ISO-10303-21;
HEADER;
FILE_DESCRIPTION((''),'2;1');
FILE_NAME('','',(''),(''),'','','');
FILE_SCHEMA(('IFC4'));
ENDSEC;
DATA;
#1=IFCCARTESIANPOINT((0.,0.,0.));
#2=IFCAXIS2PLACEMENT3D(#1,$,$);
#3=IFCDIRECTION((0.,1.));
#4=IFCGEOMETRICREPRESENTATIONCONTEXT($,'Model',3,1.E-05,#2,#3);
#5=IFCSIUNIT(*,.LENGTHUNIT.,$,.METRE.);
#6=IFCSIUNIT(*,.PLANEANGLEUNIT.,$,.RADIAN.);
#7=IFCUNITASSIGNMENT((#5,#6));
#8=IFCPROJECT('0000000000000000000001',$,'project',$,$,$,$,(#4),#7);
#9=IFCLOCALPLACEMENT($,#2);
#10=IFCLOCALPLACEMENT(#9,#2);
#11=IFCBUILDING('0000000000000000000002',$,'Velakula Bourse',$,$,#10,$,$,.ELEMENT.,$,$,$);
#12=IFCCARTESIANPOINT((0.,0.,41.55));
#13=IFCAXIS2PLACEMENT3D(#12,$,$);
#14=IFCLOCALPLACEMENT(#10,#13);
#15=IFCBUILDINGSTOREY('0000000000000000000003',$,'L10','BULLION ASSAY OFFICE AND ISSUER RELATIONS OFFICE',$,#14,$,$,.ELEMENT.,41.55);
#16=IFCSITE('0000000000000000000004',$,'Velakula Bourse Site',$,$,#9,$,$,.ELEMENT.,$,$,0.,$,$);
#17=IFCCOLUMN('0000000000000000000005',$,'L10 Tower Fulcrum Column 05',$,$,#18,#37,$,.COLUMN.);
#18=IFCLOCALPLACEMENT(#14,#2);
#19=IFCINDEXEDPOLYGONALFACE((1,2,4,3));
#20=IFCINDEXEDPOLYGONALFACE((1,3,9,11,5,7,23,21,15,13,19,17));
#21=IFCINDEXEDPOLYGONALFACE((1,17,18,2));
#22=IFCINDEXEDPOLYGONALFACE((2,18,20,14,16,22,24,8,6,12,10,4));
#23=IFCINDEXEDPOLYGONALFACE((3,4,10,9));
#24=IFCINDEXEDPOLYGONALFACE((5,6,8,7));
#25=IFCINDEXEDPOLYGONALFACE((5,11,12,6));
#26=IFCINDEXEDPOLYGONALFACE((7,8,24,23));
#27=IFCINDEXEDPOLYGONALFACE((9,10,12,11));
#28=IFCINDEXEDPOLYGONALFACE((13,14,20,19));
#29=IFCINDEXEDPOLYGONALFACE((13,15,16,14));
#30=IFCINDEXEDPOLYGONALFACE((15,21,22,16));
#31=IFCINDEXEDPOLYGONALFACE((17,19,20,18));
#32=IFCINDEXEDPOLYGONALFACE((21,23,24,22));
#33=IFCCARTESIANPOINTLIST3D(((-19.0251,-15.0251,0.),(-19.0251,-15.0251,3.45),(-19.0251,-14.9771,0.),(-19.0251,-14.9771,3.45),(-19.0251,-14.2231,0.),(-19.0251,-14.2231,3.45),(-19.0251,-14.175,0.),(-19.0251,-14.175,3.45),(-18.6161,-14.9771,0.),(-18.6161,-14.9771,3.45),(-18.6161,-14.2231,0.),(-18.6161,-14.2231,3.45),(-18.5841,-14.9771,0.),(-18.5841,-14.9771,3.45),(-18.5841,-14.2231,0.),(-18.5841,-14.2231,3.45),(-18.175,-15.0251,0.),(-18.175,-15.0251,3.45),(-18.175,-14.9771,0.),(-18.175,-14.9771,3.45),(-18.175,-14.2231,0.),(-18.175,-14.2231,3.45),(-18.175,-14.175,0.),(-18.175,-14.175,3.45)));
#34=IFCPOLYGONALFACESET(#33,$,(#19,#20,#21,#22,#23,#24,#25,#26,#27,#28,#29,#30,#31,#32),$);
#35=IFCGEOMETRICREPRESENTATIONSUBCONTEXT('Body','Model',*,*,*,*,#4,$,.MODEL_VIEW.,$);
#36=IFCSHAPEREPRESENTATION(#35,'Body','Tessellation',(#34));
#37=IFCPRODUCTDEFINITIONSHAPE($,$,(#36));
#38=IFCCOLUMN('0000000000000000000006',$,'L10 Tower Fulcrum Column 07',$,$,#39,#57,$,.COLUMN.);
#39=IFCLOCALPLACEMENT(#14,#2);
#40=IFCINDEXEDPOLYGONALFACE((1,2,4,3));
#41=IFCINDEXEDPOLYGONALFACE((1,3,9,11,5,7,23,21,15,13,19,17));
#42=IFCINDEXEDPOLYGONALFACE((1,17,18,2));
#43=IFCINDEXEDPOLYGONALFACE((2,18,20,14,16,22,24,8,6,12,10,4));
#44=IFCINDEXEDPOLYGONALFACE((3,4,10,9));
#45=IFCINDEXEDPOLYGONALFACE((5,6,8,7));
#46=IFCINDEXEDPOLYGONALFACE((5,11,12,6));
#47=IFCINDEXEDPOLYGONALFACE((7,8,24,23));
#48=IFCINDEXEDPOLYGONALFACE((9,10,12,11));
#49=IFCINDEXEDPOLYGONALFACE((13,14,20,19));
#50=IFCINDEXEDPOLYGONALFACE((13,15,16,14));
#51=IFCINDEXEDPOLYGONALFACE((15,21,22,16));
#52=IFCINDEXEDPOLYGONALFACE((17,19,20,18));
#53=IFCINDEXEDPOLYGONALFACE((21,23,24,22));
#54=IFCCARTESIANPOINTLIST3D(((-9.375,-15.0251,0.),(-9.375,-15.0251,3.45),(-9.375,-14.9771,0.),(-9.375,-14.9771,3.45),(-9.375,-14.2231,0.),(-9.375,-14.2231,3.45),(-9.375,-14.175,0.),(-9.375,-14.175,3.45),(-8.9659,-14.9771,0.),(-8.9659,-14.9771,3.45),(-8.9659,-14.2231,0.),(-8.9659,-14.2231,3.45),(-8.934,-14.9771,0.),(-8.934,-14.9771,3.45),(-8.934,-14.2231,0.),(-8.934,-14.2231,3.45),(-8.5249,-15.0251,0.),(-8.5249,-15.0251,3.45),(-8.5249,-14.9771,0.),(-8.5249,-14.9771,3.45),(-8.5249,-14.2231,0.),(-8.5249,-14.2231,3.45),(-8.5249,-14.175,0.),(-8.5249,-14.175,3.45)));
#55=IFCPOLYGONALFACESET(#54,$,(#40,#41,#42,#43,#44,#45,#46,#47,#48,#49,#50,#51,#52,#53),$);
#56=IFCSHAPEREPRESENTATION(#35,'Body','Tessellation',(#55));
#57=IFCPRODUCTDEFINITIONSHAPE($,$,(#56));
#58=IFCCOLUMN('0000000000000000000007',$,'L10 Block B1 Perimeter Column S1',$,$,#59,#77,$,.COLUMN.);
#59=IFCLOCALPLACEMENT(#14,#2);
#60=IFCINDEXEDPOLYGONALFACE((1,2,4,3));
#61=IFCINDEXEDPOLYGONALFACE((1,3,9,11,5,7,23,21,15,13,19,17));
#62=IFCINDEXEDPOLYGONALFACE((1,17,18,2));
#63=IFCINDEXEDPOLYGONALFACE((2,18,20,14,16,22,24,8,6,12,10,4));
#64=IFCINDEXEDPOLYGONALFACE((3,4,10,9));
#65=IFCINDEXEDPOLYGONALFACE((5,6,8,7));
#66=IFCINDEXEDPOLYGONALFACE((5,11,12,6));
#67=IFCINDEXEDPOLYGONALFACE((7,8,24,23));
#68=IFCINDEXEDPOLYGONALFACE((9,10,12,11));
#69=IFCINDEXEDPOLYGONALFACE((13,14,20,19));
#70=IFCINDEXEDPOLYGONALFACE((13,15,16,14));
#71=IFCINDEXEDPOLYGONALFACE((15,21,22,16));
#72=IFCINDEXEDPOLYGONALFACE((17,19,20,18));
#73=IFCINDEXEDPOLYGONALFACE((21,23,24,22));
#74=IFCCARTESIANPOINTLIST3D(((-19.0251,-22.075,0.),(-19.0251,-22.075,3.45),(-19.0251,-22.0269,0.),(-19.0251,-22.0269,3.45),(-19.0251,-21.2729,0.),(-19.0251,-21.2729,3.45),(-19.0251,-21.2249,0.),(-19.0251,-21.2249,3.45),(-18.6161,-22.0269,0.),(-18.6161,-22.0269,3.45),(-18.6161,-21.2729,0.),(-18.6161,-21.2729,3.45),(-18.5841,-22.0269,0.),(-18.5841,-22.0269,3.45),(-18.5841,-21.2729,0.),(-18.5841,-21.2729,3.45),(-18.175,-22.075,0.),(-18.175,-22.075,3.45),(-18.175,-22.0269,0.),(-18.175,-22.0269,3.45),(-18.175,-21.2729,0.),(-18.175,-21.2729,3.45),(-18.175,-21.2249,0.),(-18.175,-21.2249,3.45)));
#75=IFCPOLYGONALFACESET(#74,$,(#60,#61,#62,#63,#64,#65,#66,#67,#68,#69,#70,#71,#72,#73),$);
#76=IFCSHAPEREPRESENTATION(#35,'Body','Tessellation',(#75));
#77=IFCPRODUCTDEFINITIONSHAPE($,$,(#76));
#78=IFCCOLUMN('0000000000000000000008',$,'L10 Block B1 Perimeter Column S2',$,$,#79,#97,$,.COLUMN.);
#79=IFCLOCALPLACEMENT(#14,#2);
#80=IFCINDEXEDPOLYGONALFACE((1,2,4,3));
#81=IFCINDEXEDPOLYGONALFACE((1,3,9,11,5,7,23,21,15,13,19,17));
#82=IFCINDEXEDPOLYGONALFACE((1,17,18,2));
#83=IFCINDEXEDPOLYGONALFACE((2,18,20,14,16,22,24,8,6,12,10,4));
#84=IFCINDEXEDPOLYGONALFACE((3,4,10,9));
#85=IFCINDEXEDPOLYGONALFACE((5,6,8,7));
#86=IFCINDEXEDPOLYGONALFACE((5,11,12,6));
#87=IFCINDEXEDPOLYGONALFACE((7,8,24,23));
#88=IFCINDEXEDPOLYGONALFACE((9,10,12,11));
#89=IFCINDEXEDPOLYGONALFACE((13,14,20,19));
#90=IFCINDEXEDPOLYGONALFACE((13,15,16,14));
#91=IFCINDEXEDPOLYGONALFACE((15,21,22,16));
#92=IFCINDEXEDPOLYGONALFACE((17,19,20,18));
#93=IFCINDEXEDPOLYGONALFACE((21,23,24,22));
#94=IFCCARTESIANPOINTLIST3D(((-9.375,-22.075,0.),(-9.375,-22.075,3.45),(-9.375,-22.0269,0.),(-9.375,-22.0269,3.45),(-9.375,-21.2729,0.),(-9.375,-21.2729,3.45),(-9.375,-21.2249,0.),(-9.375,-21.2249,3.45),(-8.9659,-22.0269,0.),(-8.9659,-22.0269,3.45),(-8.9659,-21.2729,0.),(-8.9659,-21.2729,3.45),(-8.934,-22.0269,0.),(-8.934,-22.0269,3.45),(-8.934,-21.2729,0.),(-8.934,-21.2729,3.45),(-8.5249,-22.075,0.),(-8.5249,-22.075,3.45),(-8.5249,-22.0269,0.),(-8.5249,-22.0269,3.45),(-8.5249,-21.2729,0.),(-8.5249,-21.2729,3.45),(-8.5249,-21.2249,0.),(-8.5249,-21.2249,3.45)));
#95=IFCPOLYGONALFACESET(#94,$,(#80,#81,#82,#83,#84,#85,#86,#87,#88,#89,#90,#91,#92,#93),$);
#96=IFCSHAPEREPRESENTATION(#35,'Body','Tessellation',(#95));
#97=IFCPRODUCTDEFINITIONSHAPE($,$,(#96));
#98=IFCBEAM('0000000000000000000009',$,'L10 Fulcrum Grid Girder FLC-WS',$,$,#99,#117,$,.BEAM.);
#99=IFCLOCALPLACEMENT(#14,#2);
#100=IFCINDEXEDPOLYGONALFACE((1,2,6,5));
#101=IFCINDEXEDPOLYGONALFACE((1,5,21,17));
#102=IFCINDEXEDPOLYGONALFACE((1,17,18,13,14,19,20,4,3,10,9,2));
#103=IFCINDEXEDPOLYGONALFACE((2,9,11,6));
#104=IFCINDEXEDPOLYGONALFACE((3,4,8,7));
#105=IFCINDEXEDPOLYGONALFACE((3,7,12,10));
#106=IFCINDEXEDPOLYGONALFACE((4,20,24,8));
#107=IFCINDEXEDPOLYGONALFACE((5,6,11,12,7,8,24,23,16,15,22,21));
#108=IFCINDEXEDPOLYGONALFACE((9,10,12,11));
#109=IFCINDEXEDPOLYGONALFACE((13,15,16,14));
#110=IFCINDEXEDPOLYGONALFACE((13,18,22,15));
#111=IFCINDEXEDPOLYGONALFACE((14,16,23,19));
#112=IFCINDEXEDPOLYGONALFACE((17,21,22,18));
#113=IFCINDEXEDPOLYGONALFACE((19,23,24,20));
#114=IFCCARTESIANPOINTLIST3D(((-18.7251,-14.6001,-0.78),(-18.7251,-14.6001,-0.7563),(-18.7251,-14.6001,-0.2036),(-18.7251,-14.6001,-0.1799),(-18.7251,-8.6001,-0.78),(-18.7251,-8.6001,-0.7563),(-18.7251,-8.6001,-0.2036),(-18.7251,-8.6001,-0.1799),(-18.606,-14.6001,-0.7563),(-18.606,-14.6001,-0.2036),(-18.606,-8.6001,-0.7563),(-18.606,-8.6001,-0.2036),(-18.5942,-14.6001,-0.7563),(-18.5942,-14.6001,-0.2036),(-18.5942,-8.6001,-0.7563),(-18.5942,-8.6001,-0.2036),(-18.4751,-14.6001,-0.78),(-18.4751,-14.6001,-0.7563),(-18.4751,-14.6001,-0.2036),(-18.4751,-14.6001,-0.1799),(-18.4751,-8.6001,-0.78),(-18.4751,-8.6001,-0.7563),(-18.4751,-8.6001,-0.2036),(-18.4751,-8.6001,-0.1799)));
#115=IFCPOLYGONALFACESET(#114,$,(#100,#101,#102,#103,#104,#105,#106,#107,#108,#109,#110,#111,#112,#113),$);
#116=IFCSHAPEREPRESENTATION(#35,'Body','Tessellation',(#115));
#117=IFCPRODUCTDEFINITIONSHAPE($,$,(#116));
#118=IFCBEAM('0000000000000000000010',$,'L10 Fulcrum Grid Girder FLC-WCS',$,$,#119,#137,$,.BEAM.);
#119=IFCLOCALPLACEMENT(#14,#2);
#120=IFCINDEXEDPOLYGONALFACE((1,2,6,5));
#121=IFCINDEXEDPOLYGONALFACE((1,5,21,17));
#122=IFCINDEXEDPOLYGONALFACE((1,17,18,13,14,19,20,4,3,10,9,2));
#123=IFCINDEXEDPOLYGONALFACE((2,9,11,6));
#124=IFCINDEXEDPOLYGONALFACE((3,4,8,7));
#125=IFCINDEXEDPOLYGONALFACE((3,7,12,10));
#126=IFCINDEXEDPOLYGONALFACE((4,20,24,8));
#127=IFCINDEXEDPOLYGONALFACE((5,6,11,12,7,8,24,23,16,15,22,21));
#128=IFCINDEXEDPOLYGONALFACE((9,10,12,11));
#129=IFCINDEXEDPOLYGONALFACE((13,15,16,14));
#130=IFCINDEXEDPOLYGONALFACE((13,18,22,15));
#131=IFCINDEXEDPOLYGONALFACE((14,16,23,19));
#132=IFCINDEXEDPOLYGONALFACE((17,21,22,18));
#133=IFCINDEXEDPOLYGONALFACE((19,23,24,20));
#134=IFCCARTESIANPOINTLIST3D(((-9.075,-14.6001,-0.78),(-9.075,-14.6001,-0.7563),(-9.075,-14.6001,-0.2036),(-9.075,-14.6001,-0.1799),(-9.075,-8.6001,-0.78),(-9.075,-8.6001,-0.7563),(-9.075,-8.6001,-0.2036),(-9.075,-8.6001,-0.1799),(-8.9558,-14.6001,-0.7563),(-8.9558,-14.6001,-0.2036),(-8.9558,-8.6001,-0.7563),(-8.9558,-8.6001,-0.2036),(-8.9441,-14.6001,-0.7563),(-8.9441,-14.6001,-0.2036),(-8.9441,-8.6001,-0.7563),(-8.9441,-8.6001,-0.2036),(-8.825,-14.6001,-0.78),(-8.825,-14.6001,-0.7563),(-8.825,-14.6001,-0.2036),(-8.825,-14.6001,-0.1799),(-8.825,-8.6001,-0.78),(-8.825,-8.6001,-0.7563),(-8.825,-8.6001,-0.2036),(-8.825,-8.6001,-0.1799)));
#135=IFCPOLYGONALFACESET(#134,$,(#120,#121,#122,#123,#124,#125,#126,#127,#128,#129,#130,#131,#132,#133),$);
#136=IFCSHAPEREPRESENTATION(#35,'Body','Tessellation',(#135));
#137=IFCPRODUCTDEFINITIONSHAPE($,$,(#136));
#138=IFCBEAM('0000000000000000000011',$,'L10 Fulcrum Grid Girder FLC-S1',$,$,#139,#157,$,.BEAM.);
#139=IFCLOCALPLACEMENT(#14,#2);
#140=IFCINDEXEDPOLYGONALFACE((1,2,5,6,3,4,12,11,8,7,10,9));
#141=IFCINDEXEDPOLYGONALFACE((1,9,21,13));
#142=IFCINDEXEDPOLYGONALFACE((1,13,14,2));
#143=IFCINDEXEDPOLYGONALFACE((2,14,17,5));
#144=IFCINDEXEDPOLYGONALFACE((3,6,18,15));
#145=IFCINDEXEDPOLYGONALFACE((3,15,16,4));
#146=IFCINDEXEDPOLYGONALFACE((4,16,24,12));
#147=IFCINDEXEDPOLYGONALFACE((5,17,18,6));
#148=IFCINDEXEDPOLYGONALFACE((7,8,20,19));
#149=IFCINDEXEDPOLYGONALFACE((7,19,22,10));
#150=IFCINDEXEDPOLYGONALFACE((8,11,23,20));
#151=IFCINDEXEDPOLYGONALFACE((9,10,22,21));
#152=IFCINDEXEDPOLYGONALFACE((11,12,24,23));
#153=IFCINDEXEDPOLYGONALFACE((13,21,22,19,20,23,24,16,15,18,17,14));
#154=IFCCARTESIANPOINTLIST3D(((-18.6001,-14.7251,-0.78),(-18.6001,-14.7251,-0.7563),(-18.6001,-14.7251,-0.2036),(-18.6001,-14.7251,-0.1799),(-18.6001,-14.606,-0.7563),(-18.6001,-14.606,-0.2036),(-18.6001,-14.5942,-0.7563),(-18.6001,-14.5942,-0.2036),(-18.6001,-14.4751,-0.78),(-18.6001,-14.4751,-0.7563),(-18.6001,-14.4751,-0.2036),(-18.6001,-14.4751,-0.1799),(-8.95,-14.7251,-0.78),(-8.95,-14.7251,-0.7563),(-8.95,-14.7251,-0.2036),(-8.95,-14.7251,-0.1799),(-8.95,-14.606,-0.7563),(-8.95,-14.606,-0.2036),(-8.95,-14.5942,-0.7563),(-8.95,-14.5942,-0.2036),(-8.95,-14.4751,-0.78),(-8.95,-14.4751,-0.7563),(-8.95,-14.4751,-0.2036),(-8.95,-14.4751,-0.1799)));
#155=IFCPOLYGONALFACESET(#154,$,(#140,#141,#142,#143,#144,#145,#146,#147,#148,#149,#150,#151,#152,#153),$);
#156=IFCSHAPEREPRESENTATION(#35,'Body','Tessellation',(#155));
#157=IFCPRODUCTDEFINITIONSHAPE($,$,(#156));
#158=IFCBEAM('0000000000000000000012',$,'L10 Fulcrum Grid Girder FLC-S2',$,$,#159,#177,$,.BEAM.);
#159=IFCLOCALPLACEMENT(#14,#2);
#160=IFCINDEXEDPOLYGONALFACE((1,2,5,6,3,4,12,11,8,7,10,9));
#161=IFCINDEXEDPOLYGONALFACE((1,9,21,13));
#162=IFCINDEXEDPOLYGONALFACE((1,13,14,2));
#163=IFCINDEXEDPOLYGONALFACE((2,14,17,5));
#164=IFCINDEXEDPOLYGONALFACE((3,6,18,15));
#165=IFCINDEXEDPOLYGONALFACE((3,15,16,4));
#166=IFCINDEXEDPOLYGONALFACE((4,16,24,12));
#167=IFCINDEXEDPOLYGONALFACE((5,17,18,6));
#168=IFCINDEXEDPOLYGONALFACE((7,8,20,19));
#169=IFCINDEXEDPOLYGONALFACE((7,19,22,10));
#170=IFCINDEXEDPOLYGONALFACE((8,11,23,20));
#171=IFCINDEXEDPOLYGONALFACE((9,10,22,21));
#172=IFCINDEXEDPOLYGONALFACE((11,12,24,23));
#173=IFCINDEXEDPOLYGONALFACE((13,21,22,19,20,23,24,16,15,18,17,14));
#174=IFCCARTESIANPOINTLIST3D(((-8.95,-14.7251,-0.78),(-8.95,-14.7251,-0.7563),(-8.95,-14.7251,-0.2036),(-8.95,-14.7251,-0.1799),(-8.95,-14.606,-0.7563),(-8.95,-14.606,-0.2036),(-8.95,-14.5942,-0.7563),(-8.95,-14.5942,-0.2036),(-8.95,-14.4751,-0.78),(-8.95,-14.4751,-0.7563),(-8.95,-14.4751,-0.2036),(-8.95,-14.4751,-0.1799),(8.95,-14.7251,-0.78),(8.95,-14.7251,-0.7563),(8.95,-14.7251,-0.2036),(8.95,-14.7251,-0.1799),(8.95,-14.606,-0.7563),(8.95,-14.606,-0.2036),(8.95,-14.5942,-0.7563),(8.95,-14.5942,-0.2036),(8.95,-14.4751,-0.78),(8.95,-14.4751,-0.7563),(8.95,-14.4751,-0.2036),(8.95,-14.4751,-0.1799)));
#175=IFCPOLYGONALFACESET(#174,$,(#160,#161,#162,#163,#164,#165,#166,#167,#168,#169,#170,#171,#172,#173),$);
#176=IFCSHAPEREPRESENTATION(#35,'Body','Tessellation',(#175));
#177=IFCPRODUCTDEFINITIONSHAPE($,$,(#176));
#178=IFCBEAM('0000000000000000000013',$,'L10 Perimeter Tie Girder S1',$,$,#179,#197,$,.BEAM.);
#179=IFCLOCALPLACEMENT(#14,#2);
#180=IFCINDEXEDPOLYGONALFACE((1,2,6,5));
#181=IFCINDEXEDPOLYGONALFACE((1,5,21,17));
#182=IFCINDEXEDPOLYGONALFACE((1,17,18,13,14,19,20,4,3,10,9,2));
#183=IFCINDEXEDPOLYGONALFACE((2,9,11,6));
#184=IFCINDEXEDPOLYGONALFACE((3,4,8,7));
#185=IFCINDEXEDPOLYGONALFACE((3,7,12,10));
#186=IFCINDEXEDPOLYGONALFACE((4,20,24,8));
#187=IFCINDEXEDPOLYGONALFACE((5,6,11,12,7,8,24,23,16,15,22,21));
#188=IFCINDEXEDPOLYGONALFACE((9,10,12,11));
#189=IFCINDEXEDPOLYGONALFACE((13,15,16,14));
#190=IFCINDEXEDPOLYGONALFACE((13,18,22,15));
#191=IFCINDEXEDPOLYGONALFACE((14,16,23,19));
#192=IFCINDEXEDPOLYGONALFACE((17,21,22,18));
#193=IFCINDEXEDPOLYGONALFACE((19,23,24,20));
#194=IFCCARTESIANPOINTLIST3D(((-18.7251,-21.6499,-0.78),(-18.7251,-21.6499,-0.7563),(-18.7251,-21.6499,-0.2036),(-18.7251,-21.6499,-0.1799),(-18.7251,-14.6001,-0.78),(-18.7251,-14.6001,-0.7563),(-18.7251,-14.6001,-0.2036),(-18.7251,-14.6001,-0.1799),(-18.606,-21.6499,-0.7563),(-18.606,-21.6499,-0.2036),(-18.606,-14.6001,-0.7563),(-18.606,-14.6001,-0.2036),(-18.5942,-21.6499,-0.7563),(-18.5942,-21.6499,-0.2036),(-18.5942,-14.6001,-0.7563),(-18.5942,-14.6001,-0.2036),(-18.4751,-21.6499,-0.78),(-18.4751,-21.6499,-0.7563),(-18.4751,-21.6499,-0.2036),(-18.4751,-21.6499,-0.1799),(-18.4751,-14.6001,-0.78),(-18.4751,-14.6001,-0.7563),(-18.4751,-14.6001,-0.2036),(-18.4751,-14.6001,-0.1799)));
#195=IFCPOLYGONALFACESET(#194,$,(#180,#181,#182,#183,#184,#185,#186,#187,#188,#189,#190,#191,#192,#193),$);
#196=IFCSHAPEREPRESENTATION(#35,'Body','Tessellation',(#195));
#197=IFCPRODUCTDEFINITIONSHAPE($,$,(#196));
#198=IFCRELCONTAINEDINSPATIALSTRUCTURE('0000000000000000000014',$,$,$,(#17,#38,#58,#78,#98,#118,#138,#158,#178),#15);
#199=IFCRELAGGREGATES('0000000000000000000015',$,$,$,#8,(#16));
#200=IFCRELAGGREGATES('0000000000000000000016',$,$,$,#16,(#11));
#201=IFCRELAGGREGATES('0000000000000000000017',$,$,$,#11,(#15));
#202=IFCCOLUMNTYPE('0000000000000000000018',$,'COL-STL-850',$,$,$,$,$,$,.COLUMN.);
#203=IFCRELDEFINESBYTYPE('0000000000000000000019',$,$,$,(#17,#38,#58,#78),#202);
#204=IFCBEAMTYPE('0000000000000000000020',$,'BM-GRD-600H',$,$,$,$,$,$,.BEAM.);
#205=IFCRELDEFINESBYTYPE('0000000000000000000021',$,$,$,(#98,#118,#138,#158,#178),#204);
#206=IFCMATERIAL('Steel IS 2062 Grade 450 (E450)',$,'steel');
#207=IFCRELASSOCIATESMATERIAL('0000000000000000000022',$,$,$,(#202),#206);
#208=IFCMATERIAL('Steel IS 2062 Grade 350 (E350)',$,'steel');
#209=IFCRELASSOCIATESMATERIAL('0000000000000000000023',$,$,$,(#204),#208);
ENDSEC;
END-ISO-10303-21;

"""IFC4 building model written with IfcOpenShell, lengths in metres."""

from ifc_helpers import new_model, si_unit, direction, frame, origin, origin_2d, place, context, subcontext, project, spatial, i_section, extrude, material, material_profile, profile_set, type_object, element, save


model = new_model("IFC4")

# Units and contexts
model_context = context("Model", 3, precision=1e-05, world=origin(), true_north=direction((0.0, 1.0)))
body_context = subcontext(model_context, "Body", "Model", "MODEL_VIEW")
ifc_project = project(units=[si_unit("LENGTHUNIT", "METRE"), si_unit("PLANEANGLEUNIT", "RADIAN")], contexts=[model_context])

# Site, building, storey
site_placement = place(None, origin())
site = spatial("IfcSite", under=ifc_project, at=site_placement, Name="Velakula Bourse Site", CompositionType="ELEMENT", RefElevation=0.0)
building_placement = place(site_placement, origin())
building = spatial("IfcBuilding", under=site, at=building_placement, Name="Velakula Bourse", CompositionType="ELEMENT")
storey_placement = place(building_placement, frame((0.0, 0.0, 41.55)))
storey = spatial("IfcBuildingStorey", under=building, at=storey_placement, Name="L10", Description="BULLION ASSAY OFFICE AND ISSUER RELATIONS OFFICE", CompositionType="ELEMENT", Elevation=41.55)

# Columns
ifc_material_1 = material(Name="Steel IS 2062 Grade 450 (E450)", Category="steel")
ifc_material_profile_1 = material_profile(ifc_material_1, i_section(OverallWidth=0.8501, OverallDepth=0.8501, WebThickness=0.032, FlangeThickness=0.0481, at=origin_2d()), Name="Steel IS 2062 Grade 450 (E450)")
ifc_profile_set_1 = profile_set([ifc_material_profile_1], Name="Steel IS 2062 Grade 450 (E450)")
column_type = type_object("IfcColumnType", Name="COL-STL-850", PredefinedType="COLUMN", material=ifc_profile_set_1)
for number, where, z_axis, x_axis, name in (
    (1, (-18.6001, -14.6001, 0.0), (0.0, 0.0, 1.0), (1.0, 0.0, 0.0), "L10 Tower Fulcrum Column 05"),
    (2, (-8.95, -14.6001, 0.0), (0.0, 0.0, 1.0), (1.0, 0.0, 0.0), "L10 Tower Fulcrum Column 07"),
    (3, (-18.6001, -21.6499, 0.0), (0.0, 0.0, 1.0), (1.0, 0.0, 0.0), "L10 Block B1 Perimeter Column S1"),
    (4, (-8.95, -21.6499, 0.0), (0.0, 0.0, 1.0), (1.0, 0.0, 0.0), "L10 Block B1 Perimeter Column S2"),
):
    element("IfcColumn", number, at=place(storey_placement, frame(where, z_axis=z_axis, x_axis=x_axis)), inside=storey, type_object=column_type, Name=name, PredefinedType="COLUMN", context=body_context, shape_type="SweptSolid", body=[
        extrude(i_section(OverallWidth=0.8501, OverallDepth=0.8501, WebThickness=0.032, FlangeThickness=0.0481, at=origin_2d()), origin(), (0.0, 0.0, 1.0), 3.45),
    ])

# Beams
ifc_material_2 = material(Name="Steel IS 2062 Grade 350 (E350)", Category="steel")
ifc_material_profile_2 = material_profile(ifc_material_2, i_section(OverallWidth=0.25, OverallDepth=0.6001, WebThickness=0.0117, FlangeThickness=0.0237, at=origin_2d()), Name="Steel IS 2062 Grade 350 (E350)")
ifc_profile_set_2 = profile_set([ifc_material_profile_2], Name="Steel IS 2062 Grade 350 (E350)")
beam_type_1 = type_object("IfcBeamType", Name="BM-GRD-600H", PredefinedType="BEAM", material=ifc_profile_set_2)
for number, where, z_axis, x_axis, name in (
    (5, (-18.6001, -14.6001, -0.48), (0.0, 1.0, 0.0), (-1.0, 0.0, 0.0), "L10 Fulcrum Grid Girder FLC-WS"),
    (6, (-8.95, -14.6001, -0.48), (0.0, 1.0, 0.0), (-1.0, 0.0, 0.0), "L10 Fulcrum Grid Girder FLC-WCS"),
):
    element("IfcBeam", number, at=place(storey_placement, frame(where, z_axis=z_axis, x_axis=x_axis)), inside=storey, type_object=beam_type_1, Name=name, PredefinedType="BEAM", context=body_context, shape_type="SweptSolid", body=[
        extrude(i_section(OverallWidth=0.25, OverallDepth=0.6001, WebThickness=0.0117, FlangeThickness=0.0237, at=origin_2d()), origin(), (0.0, 0.0, 1.0), 6.0),
    ])
beam_1_placement = place(storey_placement, frame((-18.6001, -14.6001, -0.48), z_axis=(1.0, 0.0, 0.0), x_axis=(0.0, 1.0, 0.0)))
element("IfcBeam", 7, at=beam_1_placement, inside=storey, type_object=beam_type_1, Name="L10 Fulcrum Grid Girder FLC-S1", PredefinedType="BEAM", context=body_context, shape_type="SweptSolid", body=[
    extrude(i_section(OverallWidth=0.25, OverallDepth=0.6001, WebThickness=0.0117, FlangeThickness=0.0237, at=origin_2d()), origin(), (0.0, 0.0, 1.0), 9.6501),
])
beam_2_placement = place(storey_placement, frame((-8.95, -14.6001, -0.48), z_axis=(1.0, 0.0, 0.0), x_axis=(0.0, 1.0, 0.0)))
element("IfcBeam", 8, at=beam_2_placement, inside=storey, type_object=beam_type_1, Name="L10 Fulcrum Grid Girder FLC-S2", PredefinedType="BEAM", context=body_context, shape_type="SweptSolid", body=[
    extrude(i_section(OverallWidth=0.25, OverallDepth=0.6001, WebThickness=0.0117, FlangeThickness=0.0237, at=origin_2d()), origin(), (0.0, 0.0, 1.0), 17.8999),
])
for number, where, z_axis, x_axis, name in (
    (9, (-18.6001, -14.6001, -0.48), (0.0, -1.0, 0.0), (1.0, 0.0, 0.0), "L10 Perimeter Tie Girder S1"),
):
    element("IfcBeam", number, at=place(storey_placement, frame(where, z_axis=z_axis, x_axis=x_axis)), inside=storey, type_object=beam_type_1, Name=name, PredefinedType="BEAM", context=body_context, shape_type="SweptSolid", body=[
        extrude(i_section(OverallWidth=0.25, OverallDepth=0.6001, WebThickness=0.0117, FlangeThickness=0.0237, at=origin_2d()), origin(), (0.0, 0.0, 1.0), 7.0498),
    ])

save(model, "model.ifc")
